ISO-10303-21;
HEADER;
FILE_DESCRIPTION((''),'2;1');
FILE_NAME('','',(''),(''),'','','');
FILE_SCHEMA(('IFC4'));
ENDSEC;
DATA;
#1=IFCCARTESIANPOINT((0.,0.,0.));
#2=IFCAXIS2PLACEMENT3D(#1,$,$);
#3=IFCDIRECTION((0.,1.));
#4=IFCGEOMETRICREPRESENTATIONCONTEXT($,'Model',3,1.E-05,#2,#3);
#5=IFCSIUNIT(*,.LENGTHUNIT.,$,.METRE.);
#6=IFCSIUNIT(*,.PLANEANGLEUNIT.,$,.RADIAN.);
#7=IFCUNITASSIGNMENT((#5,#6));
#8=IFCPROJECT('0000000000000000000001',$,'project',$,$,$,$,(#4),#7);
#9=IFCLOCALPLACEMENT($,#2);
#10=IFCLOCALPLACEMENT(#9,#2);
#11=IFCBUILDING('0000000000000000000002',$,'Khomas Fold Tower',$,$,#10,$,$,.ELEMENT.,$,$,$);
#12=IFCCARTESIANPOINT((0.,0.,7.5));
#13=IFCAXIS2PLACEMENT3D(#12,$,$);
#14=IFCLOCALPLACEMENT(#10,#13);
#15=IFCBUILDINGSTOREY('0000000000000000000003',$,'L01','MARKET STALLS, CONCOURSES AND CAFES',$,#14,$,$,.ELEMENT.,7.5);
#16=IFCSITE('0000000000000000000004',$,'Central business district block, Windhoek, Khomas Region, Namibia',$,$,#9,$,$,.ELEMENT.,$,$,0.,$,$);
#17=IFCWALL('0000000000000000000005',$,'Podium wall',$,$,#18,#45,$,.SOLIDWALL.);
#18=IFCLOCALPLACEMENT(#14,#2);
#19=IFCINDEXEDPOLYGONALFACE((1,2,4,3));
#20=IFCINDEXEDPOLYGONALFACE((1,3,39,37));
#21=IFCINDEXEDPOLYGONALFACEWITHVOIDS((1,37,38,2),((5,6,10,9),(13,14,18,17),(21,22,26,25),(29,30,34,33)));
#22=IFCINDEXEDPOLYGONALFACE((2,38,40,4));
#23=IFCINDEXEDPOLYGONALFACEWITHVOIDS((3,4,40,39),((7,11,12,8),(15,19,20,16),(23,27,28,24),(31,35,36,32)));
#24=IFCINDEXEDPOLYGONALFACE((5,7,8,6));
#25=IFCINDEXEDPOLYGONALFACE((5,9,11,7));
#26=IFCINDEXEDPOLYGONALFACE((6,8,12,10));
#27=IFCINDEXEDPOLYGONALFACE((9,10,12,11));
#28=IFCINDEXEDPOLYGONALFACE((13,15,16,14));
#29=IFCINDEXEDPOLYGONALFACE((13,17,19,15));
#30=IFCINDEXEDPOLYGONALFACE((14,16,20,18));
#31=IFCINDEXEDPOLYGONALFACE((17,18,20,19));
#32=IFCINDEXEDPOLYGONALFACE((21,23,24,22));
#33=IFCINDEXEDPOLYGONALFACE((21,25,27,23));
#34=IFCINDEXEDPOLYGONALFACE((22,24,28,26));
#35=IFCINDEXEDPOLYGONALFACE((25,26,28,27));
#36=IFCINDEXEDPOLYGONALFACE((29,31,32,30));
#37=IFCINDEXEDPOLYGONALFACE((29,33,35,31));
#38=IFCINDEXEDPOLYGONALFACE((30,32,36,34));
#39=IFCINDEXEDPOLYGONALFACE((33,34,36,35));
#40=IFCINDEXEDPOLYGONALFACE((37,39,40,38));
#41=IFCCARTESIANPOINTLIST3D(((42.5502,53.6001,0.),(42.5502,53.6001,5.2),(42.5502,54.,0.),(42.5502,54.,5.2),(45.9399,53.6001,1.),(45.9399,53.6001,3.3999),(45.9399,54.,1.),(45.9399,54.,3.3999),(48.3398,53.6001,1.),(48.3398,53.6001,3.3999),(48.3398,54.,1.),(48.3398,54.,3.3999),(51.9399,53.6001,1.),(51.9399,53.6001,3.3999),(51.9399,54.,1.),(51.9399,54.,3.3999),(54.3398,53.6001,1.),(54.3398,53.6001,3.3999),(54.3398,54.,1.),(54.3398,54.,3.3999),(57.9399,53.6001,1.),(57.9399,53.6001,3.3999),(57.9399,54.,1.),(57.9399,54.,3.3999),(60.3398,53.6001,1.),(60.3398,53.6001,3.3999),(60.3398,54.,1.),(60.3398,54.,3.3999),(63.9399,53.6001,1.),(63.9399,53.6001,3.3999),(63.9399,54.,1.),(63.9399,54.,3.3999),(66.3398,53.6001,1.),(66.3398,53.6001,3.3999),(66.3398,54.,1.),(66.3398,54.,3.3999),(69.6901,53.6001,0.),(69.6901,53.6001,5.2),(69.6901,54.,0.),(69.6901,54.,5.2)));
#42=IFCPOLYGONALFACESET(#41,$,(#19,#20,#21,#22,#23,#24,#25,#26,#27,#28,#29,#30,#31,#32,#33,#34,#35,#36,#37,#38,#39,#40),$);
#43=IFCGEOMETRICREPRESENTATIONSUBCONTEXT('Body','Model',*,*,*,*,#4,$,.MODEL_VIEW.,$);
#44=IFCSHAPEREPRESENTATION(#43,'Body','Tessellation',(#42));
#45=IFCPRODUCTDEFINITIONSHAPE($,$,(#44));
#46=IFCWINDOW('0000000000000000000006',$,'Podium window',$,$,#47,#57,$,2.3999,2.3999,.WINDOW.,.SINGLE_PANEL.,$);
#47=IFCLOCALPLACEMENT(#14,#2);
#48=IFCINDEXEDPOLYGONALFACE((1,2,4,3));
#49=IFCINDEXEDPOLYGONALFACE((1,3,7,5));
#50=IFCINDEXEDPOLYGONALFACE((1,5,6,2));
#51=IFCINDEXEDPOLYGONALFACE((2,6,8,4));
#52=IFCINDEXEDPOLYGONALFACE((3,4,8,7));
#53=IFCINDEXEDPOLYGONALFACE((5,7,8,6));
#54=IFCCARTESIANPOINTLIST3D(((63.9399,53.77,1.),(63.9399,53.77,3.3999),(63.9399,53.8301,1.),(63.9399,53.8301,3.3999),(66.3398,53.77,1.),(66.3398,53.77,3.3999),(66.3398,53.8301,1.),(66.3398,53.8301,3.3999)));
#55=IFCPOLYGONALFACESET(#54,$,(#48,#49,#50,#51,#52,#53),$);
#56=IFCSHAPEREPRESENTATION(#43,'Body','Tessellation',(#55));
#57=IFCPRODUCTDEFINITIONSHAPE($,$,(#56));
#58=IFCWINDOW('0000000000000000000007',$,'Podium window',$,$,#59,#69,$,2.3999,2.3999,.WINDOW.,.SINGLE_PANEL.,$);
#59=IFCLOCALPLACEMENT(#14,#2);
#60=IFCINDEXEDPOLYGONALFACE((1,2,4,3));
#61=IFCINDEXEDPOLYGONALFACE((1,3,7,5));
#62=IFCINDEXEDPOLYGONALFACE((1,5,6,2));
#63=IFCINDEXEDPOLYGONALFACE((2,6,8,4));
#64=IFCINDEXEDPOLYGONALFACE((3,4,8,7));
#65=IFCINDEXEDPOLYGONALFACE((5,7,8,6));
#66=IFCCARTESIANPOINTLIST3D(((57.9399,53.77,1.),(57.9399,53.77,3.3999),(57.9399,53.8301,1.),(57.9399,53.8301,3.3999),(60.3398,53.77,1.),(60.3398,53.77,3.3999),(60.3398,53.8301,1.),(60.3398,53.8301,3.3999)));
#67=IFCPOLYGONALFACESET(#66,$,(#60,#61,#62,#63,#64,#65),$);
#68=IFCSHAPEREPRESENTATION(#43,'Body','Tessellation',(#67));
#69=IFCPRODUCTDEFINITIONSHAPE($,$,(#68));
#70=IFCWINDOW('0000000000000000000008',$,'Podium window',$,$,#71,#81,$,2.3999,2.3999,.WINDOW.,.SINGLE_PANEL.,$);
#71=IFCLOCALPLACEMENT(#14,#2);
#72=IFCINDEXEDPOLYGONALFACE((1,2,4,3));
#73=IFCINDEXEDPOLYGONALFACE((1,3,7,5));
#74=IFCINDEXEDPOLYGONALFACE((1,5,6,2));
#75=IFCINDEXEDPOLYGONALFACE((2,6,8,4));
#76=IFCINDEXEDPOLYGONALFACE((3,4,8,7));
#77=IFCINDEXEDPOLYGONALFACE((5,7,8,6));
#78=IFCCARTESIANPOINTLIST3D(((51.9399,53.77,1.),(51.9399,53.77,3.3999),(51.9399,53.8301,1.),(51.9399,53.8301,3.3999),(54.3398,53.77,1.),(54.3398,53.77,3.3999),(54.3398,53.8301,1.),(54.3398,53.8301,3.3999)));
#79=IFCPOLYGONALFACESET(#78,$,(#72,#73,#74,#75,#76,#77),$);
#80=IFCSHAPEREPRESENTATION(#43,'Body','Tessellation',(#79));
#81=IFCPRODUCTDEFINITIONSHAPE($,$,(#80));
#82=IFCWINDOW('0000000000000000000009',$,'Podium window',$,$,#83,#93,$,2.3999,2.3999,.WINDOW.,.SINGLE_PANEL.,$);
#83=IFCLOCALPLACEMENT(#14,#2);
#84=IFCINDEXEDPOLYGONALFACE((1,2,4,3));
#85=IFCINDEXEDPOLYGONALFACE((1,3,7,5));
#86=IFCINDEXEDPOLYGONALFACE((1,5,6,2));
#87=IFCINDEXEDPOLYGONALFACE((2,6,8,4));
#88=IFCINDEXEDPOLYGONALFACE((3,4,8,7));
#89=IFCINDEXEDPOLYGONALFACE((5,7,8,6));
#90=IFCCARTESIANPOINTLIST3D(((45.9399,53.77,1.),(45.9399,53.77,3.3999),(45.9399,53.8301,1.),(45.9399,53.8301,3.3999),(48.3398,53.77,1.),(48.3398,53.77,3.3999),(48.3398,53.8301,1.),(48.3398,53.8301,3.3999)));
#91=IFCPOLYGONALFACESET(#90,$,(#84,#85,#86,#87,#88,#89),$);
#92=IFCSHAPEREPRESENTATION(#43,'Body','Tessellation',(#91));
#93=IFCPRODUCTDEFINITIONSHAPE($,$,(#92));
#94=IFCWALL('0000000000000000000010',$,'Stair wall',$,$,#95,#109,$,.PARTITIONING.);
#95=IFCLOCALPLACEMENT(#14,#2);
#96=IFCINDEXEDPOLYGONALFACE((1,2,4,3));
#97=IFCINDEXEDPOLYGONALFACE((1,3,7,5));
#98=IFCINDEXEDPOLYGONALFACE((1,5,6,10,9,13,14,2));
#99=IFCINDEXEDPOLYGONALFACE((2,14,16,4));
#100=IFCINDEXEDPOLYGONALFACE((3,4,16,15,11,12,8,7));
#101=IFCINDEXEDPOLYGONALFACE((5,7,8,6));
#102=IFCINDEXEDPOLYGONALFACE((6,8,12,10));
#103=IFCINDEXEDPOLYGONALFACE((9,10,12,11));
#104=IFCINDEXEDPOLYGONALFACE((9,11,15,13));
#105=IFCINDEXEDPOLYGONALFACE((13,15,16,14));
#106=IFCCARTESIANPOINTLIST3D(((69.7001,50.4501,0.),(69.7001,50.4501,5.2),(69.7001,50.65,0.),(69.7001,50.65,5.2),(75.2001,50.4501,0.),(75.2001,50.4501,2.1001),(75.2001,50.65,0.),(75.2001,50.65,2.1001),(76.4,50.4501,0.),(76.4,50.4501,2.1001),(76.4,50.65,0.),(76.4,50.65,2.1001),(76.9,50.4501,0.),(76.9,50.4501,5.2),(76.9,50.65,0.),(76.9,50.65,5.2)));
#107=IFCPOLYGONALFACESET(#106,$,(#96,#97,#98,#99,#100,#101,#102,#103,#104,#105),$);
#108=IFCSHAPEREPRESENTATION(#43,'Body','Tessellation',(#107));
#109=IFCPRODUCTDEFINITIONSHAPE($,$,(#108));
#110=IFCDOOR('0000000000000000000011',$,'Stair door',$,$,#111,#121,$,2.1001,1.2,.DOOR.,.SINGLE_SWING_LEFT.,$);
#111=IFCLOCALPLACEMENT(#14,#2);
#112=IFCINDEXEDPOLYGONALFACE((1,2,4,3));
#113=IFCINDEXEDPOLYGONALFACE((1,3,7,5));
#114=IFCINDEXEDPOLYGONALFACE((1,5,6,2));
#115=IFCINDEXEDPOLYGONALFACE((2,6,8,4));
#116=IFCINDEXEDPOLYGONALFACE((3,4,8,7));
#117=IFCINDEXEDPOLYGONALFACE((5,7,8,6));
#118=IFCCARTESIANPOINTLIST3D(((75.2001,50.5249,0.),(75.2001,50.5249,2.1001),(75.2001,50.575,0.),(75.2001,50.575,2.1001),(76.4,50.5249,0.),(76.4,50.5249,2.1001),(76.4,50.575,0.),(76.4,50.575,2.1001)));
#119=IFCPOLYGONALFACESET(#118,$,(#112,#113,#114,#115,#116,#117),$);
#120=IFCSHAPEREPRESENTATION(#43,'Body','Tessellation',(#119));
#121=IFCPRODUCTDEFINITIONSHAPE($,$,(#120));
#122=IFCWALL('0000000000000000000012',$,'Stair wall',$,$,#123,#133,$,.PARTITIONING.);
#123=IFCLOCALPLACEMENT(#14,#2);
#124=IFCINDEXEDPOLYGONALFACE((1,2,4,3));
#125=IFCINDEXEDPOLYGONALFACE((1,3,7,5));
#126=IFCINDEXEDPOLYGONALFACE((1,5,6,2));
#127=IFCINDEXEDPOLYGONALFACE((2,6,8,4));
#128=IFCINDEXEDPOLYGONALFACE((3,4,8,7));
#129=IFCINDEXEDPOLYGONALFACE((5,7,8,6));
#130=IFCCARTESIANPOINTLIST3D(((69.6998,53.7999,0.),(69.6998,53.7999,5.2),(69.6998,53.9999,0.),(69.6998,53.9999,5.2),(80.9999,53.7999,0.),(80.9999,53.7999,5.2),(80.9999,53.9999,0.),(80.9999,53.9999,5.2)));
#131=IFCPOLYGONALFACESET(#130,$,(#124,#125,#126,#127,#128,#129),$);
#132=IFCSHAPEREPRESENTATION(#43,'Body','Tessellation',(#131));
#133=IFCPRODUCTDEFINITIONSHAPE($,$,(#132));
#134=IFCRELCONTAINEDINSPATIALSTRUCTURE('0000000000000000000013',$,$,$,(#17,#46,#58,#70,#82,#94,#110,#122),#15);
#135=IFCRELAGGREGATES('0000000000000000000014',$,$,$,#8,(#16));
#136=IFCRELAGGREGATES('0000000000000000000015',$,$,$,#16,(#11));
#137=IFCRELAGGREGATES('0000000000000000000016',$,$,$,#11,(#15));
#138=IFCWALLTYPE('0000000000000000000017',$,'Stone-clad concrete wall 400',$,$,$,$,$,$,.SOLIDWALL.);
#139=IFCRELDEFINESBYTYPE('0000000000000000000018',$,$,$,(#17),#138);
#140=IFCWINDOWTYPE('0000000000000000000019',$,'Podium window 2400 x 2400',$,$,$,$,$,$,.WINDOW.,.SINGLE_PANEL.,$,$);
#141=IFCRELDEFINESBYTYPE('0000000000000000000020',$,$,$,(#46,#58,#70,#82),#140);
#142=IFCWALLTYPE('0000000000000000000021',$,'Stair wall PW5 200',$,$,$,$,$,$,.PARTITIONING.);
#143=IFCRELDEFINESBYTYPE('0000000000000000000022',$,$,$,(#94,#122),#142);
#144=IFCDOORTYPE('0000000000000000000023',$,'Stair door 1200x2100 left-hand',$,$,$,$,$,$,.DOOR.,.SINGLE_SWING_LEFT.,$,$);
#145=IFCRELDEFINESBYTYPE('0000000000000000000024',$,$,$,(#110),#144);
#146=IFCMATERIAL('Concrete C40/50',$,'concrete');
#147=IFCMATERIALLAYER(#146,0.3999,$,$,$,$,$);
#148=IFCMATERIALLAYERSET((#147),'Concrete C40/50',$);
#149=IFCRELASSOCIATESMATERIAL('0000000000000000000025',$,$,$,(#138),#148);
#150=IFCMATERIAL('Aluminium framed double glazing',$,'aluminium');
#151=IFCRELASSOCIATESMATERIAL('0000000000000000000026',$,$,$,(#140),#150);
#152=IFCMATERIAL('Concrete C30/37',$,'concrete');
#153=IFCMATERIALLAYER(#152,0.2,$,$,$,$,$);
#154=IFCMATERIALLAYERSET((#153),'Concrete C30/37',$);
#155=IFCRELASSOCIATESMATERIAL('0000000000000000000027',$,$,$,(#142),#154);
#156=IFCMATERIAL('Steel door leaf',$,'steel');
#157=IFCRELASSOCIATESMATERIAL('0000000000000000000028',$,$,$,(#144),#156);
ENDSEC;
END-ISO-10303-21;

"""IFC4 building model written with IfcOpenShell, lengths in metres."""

from ifc_helpers import new_model, si_unit, direction, frame, frame_2d, origin, place, context, subcontext, project, spatial, rectangle, extrude, source, transform, mapped, material, layer, layer_set, type_object, element, fill, save


model = new_model("IFC4")

# Units and contexts
model_context = context("Model", 3, precision=1e-05, world=origin(), true_north=direction((0.0, 1.0)))
body_context = subcontext(model_context, "Body", "Model", "MODEL_VIEW")
ifc_project = project(units=[si_unit("LENGTHUNIT", "METRE"), si_unit("PLANEANGLEUNIT", "RADIAN")], contexts=[model_context])

# Site, building, storey
site_placement = place(None, origin())
site = spatial("IfcSite", under=ifc_project, at=site_placement, Name="Central business district block, Windhoek, Khomas Region, Namibia", CompositionType="ELEMENT", RefElevation=0.0)
building_placement = place(site_placement, origin())
building = spatial("IfcBuilding", under=site, at=building_placement, Name="Khomas Fold Tower", CompositionType="ELEMENT")
storey_placement = place(building_placement, frame((0.0, 0.0, 7.5)))
storey = spatial("IfcBuildingStorey", under=building, at=storey_placement, Name="L01", Description="MARKET STALLS, CONCOURSES AND CAFES", CompositionType="ELEMENT", Elevation=7.5)

# Wall, openings, windows
ifc_material_1 = material(Name="Concrete C40/50", Category="concrete")
ifc_layer_1 = layer(ifc_material_1, 0.3999)
ifc_layer_set_1 = layer_set([ifc_layer_1], Name="Concrete C40/50")
wall_type_1 = type_object("IfcWallType", Name="Stone-clad concrete wall 400", PredefinedType="SOLIDWALL", material=ifc_layer_set_1)
shared_shape_1 = source(origin(), body_context, "Body", "SweptSolid", [
    extrude(rectangle(XDim=27.1399, YDim=0.3999, at=frame_2d((13.5698, 0.0))), origin(), (0.0, 0.0, 1.0), 5.2),
])
wall_1_placement = place(storey_placement, frame((69.6899, 53.8, 0.0), z_axis=(0.0, 0.0, 1.0), x_axis=(-1.0, 0.0, 0.0)))
wall_1 = element("IfcWall", 1, at=wall_1_placement, inside=storey, type_object=wall_type_1, Name="Podium wall", PredefinedType="SOLIDWALL", context=body_context, shape_type="MappedRepresentation", body=[
    mapped(shared_shape_1, transform((0.0, 0.0, 0.0))),
])
shared_shape_2 = source(origin(), body_context, "Body", "SweptSolid", [
    extrude(rectangle(XDim=2.3999, YDim=2.3999, at=frame_2d((1.2, 1.2))), frame((0.0, 0.21, 0.0), z_axis=(0.0, -1.0, 0.0), x_axis=(1.0, 0.0, 0.0)), (0.0, 0.0, 1.0), 0.4199),
])
opening_1_placement = place(wall_1_placement, frame((3.3501, 0.0, 1.0)))
opening_1 = element("IfcOpeningElement", 2, at=opening_1_placement, cuts=wall_1, PredefinedType="OPENING", context=body_context, shape_type="MappedRepresentation", body=[
    mapped(shared_shape_2, transform((0.0, 0.0, 0.0))),
])
opening_2_placement = place(wall_1_placement, frame((9.3501, 0.0, 1.0)))
opening_2 = element("IfcOpeningElement", 3, at=opening_2_placement, cuts=wall_1, PredefinedType="OPENING", context=body_context, shape_type="MappedRepresentation", body=[
    mapped(shared_shape_2, transform((0.0, 0.0, 0.0))),
])
opening_3_placement = place(wall_1_placement, frame((15.3501, 0.0, 1.0)))
opening_3 = element("IfcOpeningElement", 4, at=opening_3_placement, cuts=wall_1, PredefinedType="OPENING", context=body_context, shape_type="MappedRepresentation", body=[
    mapped(shared_shape_2, transform((0.0, 0.0, 0.0))),
])
opening_4_placement = place(wall_1_placement, frame((21.3501, 0.0, 1.0)))
opening_4 = element("IfcOpeningElement", 5, at=opening_4_placement, cuts=wall_1, PredefinedType="OPENING", context=body_context, shape_type="MappedRepresentation", body=[
    mapped(shared_shape_2, transform((0.0, 0.0, 0.0))),
])
ifc_material_2 = material(Name="Aluminium framed double glazing", Category="aluminium")
window_type = type_object("IfcWindowType", Name="Podium window 2400 x 2400", PartitioningType="SINGLE_PANEL", PredefinedType="WINDOW", material=ifc_material_2)
shared_shape_3 = source(origin(), body_context, "Body", "SweptSolid", [
    extrude(rectangle(XDim=2.3999, YDim=2.3999, at=frame_2d((1.2, 1.2))), frame((0.0, 0.03, 0.0), z_axis=(0.0, -1.0, 0.0), x_axis=(1.0, 0.0, 0.0)), (0.0, 0.0, 1.0), 0.0601),
])
window_1_placement = place(opening_1_placement, origin())
window_1 = element("IfcWindow", 6, at=window_1_placement, inside=storey, type_object=window_type, Name="Podium window", OverallHeight=2.3999, OverallWidth=2.3999, PartitioningType="SINGLE_PANEL", PredefinedType="WINDOW", context=body_context, shape_type="MappedRepresentation", body=[
    mapped(shared_shape_3, transform((0.0, 0.0, 0.0))),
])
fill(opening_1, window_1)
window_2_placement = place(opening_2_placement, origin())
window_2 = element("IfcWindow", 7, at=window_2_placement, inside=storey, type_object=window_type, Name="Podium window", OverallHeight=2.3999, OverallWidth=2.3999, PartitioningType="SINGLE_PANEL", PredefinedType="WINDOW", context=body_context, shape_type="MappedRepresentation", body=[
    mapped(shared_shape_3, transform((0.0, 0.0, 0.0))),
])
fill(opening_2, window_2)
window_3_placement = place(opening_3_placement, origin())
window_3 = element("IfcWindow", 8, at=window_3_placement, inside=storey, type_object=window_type, Name="Podium window", OverallHeight=2.3999, OverallWidth=2.3999, PartitioningType="SINGLE_PANEL", PredefinedType="WINDOW", context=body_context, shape_type="MappedRepresentation", body=[
    mapped(shared_shape_3, transform((0.0, 0.0, 0.0))),
])
fill(opening_3, window_3)
window_4_placement = place(opening_4_placement, origin())
window_4 = element("IfcWindow", 9, at=window_4_placement, inside=storey, type_object=window_type, Name="Podium window", OverallHeight=2.3999, OverallWidth=2.3999, PartitioningType="SINGLE_PANEL", PredefinedType="WINDOW", context=body_context, shape_type="MappedRepresentation", body=[
    mapped(shared_shape_3, transform((0.0, 0.0, 0.0))),
])
fill(opening_4, window_4)

# Wall, opening, door
ifc_material_3 = material(Name="Concrete C30/37", Category="concrete")
ifc_layer_2 = layer(ifc_material_3, 0.2)
ifc_layer_set_2 = layer_set([ifc_layer_2], Name="Concrete C30/37")
wall_type_2 = type_object("IfcWallType", Name="Stair wall PW5 200", PredefinedType="PARTITIONING", material=ifc_layer_set_2)
shared_shape_4 = source(origin(), body_context, "Body", "SweptSolid", [
    extrude(rectangle(XDim=7.2, YDim=0.2, at=frame_2d((3.6001, 0.0))), origin(), (0.0, 0.0, 1.0), 5.2),
])
wall_2_placement = place(storey_placement, frame((69.7, 50.55, 0.0), z_axis=(0.0, 0.0, 1.0), x_axis=(1.0, 0.0, 0.0)))
wall_2 = element("IfcWall", 10, at=wall_2_placement, inside=storey, type_object=wall_type_2, Name="Stair wall", PredefinedType="PARTITIONING", context=body_context, shape_type="MappedRepresentation", body=[
    mapped(shared_shape_4, transform((0.0, 0.0, 0.0))),
])
shared_shape_5 = source(origin(), body_context, "Body", "SweptSolid", [
    extrude(rectangle(XDim=1.2, YDim=2.1001, at=frame_2d((0.6001, 1.05))), frame((0.0, 0.1099, 0.0), z_axis=(0.0, -1.0, 0.0), x_axis=(1.0, 0.0, 0.0)), (0.0, 0.0, 1.0), 0.22),
])
opening_5_placement = place(wall_2_placement, frame((5.5, 0.0, 0.0)))
opening_5 = element("IfcOpeningElement", 11, at=opening_5_placement, cuts=wall_2, PredefinedType="OPENING", context=body_context, shape_type="MappedRepresentation", body=[
    mapped(shared_shape_5, transform((0.0, 0.0, 0.0))),
])
ifc_material_4 = material(Name="Steel door leaf", Category="steel")
door_type_1 = type_object("IfcDoorType", Name="Stair door 1200x2100 left-hand", OperationType="SINGLE_SWING_LEFT", PredefinedType="DOOR", material=ifc_material_4)
shared_shape_6 = source(origin(), body_context, "Body", "SweptSolid", [
    extrude(rectangle(XDim=1.2, YDim=2.1001, at=frame_2d((0.6001, 1.05))), frame((0.0, 0.0249, 0.0), z_axis=(0.0, -1.0, 0.0), x_axis=(1.0, 0.0, 0.0)), (0.0, 0.0, 1.0), 0.05),
])
door_1_placement = place(opening_5_placement, origin())
door_1 = element("IfcDoor", 12, at=door_1_placement, inside=storey, type_object=door_type_1, Name="Stair door", OperationType="SINGLE_SWING_LEFT", OverallHeight=2.1001, OverallWidth=1.2, PredefinedType="DOOR", context=body_context, shape_type="MappedRepresentation", body=[
    mapped(shared_shape_6, transform((0.0, 0.0, 0.0))),
])
fill(opening_5, door_1)

# Wall
shared_shape_7 = source(origin(), body_context, "Body", "SweptSolid", [
    extrude(rectangle(XDim=11.3, YDim=0.2, at=frame_2d((5.6499, 0.0))), origin(), (0.0, 0.0, 1.0), 5.2),
])
wall_3_placement = place(storey_placement, frame((69.7, 53.8999, 0.0), z_axis=(0.0, 0.0, 1.0), x_axis=(1.0, 0.0, 0.0)))
element("IfcWall", 13, at=wall_3_placement, inside=storey, type_object=wall_type_2, Name="Stair wall", PredefinedType="PARTITIONING", context=body_context, shape_type="MappedRepresentation", body=[
    mapped(shared_shape_7, transform((0.0, 0.0, 0.0))),
])

save(model, "model.ifc")
